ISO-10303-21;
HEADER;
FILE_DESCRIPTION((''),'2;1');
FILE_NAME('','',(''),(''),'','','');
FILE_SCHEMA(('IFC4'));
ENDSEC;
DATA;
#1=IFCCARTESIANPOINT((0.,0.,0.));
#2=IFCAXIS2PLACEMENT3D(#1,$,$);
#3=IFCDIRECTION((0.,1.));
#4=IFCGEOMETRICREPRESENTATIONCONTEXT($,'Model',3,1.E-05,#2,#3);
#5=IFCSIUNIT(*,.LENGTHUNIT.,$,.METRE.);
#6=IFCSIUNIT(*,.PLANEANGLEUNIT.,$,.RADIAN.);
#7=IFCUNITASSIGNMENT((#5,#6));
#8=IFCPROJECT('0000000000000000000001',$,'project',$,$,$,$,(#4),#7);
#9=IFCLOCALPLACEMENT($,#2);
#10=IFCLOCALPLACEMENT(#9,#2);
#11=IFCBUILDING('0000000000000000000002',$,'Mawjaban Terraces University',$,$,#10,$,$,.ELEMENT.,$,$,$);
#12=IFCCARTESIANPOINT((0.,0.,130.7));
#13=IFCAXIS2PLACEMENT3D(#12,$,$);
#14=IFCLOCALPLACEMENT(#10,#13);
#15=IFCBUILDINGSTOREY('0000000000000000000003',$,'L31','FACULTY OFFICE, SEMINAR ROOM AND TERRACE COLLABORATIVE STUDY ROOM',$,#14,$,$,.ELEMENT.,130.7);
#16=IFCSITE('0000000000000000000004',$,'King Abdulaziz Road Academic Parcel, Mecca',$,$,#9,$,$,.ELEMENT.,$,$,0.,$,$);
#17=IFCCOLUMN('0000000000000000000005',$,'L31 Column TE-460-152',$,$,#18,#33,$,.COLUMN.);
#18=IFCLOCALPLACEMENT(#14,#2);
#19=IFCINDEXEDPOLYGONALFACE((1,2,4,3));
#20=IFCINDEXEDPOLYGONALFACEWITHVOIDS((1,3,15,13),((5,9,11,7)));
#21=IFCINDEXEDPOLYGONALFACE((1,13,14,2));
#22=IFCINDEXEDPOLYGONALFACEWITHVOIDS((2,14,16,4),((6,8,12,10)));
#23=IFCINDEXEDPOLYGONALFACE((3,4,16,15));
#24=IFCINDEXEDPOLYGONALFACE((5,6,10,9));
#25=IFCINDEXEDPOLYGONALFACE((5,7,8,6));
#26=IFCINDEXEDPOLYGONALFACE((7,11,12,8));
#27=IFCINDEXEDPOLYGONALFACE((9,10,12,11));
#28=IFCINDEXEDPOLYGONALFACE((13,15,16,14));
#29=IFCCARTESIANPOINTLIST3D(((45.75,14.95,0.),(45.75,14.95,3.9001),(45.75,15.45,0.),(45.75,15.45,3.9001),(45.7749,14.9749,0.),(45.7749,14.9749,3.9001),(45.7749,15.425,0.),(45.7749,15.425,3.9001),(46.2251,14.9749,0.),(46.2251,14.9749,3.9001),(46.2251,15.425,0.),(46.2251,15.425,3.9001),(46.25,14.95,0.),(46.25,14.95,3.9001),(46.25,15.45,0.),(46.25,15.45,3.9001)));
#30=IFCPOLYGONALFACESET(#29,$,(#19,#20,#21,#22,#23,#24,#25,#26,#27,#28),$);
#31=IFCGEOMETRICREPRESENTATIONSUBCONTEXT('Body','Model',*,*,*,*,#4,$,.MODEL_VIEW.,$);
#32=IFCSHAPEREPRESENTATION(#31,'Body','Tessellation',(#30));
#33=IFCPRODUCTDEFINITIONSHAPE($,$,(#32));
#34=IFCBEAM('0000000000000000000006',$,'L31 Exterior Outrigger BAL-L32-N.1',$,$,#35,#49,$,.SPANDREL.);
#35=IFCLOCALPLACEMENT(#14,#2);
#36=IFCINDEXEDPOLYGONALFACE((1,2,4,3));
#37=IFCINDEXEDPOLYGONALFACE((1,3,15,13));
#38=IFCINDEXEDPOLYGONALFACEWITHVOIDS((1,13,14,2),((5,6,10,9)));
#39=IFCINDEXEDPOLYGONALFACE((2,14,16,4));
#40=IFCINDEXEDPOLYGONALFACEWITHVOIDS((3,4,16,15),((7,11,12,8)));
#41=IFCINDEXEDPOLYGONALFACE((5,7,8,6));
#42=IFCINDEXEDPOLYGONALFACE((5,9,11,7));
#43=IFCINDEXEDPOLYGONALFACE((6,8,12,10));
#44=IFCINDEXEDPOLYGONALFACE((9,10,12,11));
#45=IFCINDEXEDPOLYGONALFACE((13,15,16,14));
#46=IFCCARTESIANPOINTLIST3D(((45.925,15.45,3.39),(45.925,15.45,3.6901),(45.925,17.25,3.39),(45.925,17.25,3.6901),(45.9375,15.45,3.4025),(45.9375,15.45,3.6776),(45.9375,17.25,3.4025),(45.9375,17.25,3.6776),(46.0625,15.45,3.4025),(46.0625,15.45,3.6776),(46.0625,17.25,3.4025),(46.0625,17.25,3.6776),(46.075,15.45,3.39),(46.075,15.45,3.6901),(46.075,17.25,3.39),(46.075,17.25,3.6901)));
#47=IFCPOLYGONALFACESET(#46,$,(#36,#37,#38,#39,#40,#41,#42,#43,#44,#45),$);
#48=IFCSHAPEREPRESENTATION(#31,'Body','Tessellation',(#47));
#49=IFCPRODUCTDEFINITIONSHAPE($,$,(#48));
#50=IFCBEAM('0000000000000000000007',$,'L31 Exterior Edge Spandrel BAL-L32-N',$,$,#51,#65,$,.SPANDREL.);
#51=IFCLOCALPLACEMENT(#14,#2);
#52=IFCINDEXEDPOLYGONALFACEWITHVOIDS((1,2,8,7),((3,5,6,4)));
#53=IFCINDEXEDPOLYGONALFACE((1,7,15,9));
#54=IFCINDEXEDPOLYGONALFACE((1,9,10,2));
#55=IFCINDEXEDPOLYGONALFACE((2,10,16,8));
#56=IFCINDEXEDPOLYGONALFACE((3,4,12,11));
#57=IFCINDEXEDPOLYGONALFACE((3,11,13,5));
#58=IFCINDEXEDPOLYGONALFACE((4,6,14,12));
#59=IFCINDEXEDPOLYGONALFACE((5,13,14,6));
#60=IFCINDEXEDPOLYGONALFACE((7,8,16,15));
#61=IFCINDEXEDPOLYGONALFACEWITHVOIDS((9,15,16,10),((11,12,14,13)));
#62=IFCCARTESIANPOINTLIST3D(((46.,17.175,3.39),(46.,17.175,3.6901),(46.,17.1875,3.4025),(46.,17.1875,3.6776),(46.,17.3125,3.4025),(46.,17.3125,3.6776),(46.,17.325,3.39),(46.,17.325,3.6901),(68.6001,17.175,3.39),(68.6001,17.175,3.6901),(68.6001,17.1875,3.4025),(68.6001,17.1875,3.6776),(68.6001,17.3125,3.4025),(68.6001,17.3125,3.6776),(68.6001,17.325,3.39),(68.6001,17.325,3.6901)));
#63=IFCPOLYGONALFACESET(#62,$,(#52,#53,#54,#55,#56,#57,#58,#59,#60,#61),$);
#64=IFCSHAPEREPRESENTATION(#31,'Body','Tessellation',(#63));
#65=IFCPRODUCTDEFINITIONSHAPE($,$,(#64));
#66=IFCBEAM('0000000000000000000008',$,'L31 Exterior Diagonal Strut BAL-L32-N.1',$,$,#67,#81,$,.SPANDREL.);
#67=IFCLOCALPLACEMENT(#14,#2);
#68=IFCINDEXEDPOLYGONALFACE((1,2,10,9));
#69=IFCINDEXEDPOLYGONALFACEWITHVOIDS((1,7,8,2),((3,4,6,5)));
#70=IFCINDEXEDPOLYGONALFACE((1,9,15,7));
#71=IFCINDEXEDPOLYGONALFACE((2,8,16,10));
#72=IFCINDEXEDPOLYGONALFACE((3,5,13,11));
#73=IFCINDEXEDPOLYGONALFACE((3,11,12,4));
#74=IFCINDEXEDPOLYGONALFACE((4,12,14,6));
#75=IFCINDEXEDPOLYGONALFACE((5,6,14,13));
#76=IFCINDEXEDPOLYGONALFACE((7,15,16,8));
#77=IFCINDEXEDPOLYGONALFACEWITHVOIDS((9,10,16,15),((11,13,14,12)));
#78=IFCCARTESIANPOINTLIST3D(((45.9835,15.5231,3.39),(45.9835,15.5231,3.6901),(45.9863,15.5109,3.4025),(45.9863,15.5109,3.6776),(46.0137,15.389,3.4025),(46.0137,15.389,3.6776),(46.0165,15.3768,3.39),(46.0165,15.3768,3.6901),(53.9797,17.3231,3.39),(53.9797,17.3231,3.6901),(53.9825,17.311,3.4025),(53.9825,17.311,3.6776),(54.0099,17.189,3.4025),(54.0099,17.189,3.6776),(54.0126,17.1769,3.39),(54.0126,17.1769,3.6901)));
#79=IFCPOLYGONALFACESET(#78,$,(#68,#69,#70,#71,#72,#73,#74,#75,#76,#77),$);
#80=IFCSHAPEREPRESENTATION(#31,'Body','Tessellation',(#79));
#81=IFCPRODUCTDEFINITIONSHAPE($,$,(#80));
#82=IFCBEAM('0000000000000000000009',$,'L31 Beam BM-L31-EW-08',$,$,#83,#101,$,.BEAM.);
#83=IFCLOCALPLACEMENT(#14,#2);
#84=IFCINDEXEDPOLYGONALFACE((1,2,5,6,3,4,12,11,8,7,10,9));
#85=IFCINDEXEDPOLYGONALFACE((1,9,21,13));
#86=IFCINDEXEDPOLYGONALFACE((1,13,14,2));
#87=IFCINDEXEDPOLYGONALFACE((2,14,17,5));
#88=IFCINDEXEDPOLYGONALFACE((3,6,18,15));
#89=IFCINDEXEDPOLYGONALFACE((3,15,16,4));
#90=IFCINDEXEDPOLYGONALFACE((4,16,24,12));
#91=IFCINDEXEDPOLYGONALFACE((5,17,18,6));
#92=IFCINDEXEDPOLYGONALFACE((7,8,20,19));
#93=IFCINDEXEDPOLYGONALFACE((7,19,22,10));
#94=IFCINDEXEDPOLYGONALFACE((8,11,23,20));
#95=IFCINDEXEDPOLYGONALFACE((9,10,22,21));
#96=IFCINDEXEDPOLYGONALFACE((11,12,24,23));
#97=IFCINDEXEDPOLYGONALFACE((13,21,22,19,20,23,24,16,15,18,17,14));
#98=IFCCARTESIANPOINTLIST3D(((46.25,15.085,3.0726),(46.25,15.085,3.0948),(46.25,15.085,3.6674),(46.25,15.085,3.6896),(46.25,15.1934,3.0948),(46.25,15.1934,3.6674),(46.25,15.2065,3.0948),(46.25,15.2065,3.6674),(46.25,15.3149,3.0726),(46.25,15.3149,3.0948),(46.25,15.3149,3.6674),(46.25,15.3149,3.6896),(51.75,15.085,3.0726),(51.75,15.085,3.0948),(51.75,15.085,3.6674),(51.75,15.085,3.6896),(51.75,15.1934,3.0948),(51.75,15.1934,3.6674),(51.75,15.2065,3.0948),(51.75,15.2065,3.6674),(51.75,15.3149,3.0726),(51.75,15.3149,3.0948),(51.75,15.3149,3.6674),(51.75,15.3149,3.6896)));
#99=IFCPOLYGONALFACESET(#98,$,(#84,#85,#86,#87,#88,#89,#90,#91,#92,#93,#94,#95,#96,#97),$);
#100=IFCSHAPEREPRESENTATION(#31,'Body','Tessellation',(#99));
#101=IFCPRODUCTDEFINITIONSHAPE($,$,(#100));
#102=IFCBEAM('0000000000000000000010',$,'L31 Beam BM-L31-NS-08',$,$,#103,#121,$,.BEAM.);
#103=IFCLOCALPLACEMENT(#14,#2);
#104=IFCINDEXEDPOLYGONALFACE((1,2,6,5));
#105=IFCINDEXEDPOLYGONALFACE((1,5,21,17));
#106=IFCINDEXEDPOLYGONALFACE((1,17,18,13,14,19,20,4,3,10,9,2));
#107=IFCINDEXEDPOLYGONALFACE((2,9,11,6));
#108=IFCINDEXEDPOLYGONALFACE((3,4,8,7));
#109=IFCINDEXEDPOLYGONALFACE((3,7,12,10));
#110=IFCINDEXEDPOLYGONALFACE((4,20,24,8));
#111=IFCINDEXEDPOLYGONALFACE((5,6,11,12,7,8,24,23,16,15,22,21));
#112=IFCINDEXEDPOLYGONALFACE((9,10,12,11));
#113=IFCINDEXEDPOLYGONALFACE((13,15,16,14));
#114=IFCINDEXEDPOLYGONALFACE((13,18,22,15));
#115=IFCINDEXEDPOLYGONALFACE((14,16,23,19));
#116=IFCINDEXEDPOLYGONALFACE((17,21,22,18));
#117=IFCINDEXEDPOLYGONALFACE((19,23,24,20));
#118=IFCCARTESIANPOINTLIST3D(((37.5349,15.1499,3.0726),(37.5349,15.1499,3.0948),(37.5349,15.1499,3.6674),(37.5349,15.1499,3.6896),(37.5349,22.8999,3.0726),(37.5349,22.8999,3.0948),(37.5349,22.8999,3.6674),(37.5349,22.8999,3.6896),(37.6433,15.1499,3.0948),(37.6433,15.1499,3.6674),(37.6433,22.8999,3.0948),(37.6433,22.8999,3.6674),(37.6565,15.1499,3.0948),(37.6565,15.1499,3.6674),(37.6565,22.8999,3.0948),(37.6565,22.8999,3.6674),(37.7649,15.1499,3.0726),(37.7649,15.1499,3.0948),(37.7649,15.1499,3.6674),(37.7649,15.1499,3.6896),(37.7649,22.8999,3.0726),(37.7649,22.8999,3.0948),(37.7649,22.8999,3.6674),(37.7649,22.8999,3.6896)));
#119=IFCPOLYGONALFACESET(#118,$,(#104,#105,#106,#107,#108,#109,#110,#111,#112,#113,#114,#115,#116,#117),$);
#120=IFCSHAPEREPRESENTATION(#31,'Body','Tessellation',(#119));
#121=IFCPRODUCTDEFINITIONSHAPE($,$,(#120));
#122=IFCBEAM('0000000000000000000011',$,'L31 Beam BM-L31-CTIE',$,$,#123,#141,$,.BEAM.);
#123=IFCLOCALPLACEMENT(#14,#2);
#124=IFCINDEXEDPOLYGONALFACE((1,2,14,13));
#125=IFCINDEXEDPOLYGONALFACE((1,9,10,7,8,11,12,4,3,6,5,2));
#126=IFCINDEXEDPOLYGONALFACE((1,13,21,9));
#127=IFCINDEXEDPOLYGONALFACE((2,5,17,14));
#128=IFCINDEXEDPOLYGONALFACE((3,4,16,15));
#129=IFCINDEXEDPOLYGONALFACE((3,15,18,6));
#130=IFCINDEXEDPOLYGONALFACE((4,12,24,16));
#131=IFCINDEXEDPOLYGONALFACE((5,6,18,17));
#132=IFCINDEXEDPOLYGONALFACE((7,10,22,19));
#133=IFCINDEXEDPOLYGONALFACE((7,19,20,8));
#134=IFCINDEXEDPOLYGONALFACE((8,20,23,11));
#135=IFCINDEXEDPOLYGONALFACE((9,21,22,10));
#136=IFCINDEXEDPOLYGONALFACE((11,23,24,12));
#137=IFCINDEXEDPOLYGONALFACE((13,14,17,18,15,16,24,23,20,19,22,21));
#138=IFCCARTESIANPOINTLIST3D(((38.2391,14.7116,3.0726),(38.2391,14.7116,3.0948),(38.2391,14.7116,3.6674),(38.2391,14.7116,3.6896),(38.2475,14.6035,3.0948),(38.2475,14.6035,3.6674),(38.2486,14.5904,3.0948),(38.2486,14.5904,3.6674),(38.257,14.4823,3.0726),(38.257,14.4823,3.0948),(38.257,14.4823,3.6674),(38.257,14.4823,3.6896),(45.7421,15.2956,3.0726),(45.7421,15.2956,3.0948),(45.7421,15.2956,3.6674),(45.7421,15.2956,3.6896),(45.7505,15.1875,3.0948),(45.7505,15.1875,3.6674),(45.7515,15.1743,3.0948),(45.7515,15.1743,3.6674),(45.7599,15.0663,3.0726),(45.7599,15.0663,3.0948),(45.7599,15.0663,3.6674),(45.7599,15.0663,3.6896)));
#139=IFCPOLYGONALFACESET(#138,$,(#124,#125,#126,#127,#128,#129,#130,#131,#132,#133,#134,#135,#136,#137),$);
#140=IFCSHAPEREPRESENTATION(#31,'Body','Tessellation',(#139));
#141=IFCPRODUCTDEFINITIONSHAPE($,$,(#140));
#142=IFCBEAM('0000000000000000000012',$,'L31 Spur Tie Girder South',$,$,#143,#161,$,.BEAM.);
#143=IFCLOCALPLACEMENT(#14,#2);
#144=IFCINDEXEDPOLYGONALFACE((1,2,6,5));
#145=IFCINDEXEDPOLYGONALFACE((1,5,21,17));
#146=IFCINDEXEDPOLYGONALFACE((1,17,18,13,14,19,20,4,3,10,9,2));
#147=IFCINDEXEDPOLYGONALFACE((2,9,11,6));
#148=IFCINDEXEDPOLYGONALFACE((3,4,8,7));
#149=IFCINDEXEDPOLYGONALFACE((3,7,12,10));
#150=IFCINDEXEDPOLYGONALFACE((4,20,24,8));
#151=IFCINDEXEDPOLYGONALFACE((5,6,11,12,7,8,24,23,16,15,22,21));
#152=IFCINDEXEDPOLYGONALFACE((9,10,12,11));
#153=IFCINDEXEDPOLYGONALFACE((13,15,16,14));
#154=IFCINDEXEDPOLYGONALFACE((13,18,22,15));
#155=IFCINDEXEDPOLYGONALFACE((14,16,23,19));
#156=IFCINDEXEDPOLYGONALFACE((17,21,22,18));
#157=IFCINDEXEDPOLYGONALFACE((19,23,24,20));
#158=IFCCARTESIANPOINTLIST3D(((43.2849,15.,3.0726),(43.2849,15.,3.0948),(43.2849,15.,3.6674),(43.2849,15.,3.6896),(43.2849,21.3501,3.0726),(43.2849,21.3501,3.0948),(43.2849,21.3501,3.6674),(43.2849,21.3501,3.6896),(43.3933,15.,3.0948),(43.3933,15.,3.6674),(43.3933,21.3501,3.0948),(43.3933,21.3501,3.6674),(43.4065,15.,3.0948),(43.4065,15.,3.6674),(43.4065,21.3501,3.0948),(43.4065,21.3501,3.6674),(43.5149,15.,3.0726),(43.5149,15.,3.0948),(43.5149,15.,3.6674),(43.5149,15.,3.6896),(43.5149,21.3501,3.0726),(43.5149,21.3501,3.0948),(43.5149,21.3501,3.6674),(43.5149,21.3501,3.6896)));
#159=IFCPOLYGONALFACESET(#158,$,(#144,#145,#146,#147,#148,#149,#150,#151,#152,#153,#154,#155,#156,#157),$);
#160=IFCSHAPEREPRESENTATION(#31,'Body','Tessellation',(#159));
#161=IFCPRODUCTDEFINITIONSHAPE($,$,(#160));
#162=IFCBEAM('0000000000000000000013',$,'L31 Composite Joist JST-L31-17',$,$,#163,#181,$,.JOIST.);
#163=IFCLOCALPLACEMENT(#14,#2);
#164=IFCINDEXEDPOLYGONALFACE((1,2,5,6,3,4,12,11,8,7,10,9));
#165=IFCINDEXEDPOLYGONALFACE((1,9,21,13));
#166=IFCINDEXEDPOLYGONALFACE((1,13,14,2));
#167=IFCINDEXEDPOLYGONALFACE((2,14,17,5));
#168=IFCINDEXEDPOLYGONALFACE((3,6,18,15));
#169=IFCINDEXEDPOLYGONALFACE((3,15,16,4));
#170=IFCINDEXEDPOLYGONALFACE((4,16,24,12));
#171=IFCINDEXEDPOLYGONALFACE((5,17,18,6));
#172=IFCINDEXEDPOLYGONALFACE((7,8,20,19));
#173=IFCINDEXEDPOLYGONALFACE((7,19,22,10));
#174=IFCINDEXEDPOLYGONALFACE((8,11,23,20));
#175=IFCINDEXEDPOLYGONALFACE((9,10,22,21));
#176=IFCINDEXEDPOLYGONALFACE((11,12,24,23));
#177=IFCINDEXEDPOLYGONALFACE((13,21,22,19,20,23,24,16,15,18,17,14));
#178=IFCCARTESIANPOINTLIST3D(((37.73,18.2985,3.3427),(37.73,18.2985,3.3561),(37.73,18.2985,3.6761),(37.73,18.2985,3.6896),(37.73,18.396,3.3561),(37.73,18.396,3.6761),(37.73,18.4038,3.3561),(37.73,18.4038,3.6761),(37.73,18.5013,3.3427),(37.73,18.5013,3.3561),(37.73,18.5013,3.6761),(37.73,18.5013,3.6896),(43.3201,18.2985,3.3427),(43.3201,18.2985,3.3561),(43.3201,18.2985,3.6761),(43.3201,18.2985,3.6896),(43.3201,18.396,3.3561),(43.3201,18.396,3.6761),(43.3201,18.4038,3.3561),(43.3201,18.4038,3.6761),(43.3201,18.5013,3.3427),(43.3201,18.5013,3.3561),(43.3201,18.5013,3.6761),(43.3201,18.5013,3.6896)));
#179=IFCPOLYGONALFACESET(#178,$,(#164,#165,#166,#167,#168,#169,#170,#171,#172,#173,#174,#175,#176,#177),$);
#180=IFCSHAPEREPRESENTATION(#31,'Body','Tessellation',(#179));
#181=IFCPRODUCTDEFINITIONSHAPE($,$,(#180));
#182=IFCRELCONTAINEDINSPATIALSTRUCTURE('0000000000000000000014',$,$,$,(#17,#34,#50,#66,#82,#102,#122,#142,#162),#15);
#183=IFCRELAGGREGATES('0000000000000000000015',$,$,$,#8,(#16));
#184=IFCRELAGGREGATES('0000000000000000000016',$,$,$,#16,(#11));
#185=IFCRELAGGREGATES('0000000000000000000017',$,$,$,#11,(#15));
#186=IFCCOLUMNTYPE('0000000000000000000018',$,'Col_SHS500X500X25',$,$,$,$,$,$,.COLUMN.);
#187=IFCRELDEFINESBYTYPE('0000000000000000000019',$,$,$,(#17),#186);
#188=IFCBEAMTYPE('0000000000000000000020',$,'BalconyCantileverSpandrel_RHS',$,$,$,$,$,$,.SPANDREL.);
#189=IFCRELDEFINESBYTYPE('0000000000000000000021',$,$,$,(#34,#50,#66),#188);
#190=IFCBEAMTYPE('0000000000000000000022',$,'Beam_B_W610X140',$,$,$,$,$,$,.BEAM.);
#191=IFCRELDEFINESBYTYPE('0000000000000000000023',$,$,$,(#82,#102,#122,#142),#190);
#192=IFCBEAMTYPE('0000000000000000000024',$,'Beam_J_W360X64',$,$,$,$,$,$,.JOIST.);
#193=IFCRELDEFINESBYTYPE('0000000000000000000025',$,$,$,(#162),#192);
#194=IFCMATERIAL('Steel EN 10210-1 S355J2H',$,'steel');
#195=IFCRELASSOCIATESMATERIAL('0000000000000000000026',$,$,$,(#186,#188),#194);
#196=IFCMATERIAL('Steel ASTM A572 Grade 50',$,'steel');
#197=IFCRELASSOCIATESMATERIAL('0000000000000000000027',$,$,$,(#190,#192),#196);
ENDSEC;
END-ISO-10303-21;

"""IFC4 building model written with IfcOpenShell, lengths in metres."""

from ifc_helpers import new_model, si_unit, direction, frame, origin, origin_2d, place, context, subcontext, project, spatial, hollow_rectangle, i_section, extrude, material, material_profile, profile_set, type_object, element, save


model = new_model("IFC4")

# Units and contexts
model_context = context("Model", 3, precision=1e-05, world=origin(), true_north=direction((0.0, 1.0)))
body_context = subcontext(model_context, "Body", "Model", "MODEL_VIEW")
ifc_project = project(units=[si_unit("LENGTHUNIT", "METRE"), si_unit("PLANEANGLEUNIT", "RADIAN")], contexts=[model_context])

# Site, building, storey
site_placement = place(None, origin())
site = spatial("IfcSite", under=ifc_project, at=site_placement, Name="King Abdulaziz Road Academic Parcel, Mecca", CompositionType="ELEMENT", RefElevation=0.0)
building_placement = place(site_placement, origin())
building = spatial("IfcBuilding", under=site, at=building_placement, Name="Mawjaban Terraces University", CompositionType="ELEMENT")
storey_placement = place(building_placement, frame((0.0, 0.0, 130.7)))
storey = spatial("IfcBuildingStorey", under=building, at=storey_placement, Name="L31", Description="FACULTY OFFICE, SEMINAR ROOM AND TERRACE COLLABORATIVE STUDY ROOM", CompositionType="ELEMENT", Elevation=130.7)

# Column
ifc_material_1 = material(Name="Steel EN 10210-1 S355J2H", Category="steel")
ifc_material_profile_1 = material_profile(ifc_material_1, hollow_rectangle(XDim=0.5, YDim=0.5, WallThickness=0.0249, at=origin_2d()), Name="SHS500X500X25")
ifc_profile_set_1 = profile_set([ifc_material_profile_1], Name="Steel EN 10210-1 S355J2H")
column_type = type_object("IfcColumnType", Name="Col_SHS500X500X25", PredefinedType="COLUMN", material=ifc_profile_set_1)
column_placement = place(storey_placement, frame((46.0, 15.2, 0.0), z_axis=(0.0, 0.0, 1.0), x_axis=(1.0, 0.0, 0.0)))
element("IfcColumn", 1, at=column_placement, inside=storey, type_object=column_type, Name="L31 Column TE-460-152", PredefinedType="COLUMN", context=body_context, shape_type="SweptSolid", body=[
    extrude(hollow_rectangle(XDim=0.5, YDim=0.5, WallThickness=0.0249, at=origin_2d()), origin(), (0.0, 0.0, 1.0), 3.9001),
])

# Beams
ifc_material_profile_2 = material_profile(ifc_material_1, hollow_rectangle(XDim=0.1499, YDim=0.3, WallThickness=0.0125, at=origin_2d()), Name="RHS300X150X12.5")
ifc_profile_set_2 = profile_set([ifc_material_profile_2], Name="Steel EN 10210-1 S355J2H")
beam_type_1 = type_object("IfcBeamType", Name="BalconyCantileverSpandrel_RHS", PredefinedType="SPANDREL", material=ifc_profile_set_2)
beam_1_placement = place(storey_placement, frame((46.0, 15.45, 3.54), z_axis=(0.0, 1.0, 0.0), x_axis=(-1.0, 0.0, 0.0)))
element("IfcBeam", 2, at=beam_1_placement, inside=storey, type_object=beam_type_1, Name="L31 Exterior Outrigger BAL-L32-N.1", PredefinedType="SPANDREL", context=body_context, shape_type="SweptSolid", body=[
    extrude(hollow_rectangle(XDim=0.1499, YDim=0.3, WallThickness=0.0125, at=origin_2d()), origin(), (0.0, 0.0, 1.0), 1.8),
])
beam_2_placement = place(storey_placement, frame((46.0, 17.25, 3.54), z_axis=(1.0, 0.0, 0.0), x_axis=(0.0, 1.0, 0.0)))
element("IfcBeam", 3, at=beam_2_placement, inside=storey, type_object=beam_type_1, Name="L31 Exterior Edge Spandrel BAL-L32-N", PredefinedType="SPANDREL", context=body_context, shape_type="SweptSolid", body=[
    extrude(hollow_rectangle(XDim=0.1499, YDim=0.3, WallThickness=0.0125, at=origin_2d()), origin(), (0.0, 0.0, 1.0), 22.6001),
])
beam_3_placement = place(storey_placement, frame((46.0, 15.45, 3.54), z_axis=(0.975586, 0.21962, 0.0), x_axis=(-0.21962, 0.975586, 0.0)))
element("IfcBeam", 4, at=beam_3_placement, inside=storey, type_object=beam_type_1, Name="L31 Exterior Diagonal Strut BAL-L32-N.1", PredefinedType="SPANDREL", context=body_context, shape_type="SweptSolid", body=[
    extrude(hollow_rectangle(XDim=0.1499, YDim=0.3, WallThickness=0.0125, at=origin_2d()), origin(), (0.0, 0.0, 1.0), 8.1963),
])
ifc_material_2 = material(Name="Steel ASTM A572 Grade 50", Category="steel")
ifc_material_profile_3 = material_profile(ifc_material_2, i_section(OverallWidth=0.23, OverallDepth=0.6169, WebThickness=0.0132, FlangeThickness=0.0222, at=origin_2d()), Name="W610X140")
ifc_profile_set_3 = profile_set([ifc_material_profile_3], Name="Steel ASTM A572 Grade 50")
beam_type_2 = type_object("IfcBeamType", Name="Beam_B_W610X140", PredefinedType="BEAM", material=ifc_profile_set_3)
beam_4_placement = place(storey_placement, frame((46.25, 15.2, 3.3811), z_axis=(1.0, 0.0, 0.0), x_axis=(0.0, 1.0, 0.0)))
element("IfcBeam", 5, at=beam_4_placement, inside=storey, type_object=beam_type_2, Name="L31 Beam BM-L31-EW-08", PredefinedType="BEAM", context=body_context, shape_type="SweptSolid", body=[
    extrude(i_section(OverallWidth=0.23, OverallDepth=0.6169, WebThickness=0.0132, FlangeThickness=0.0222, at=origin_2d()), origin(), (0.0, 0.0, 1.0), 5.5),
])
beam_5_placement = place(storey_placement, frame((37.6499, 15.1499, 3.3811), z_axis=(0.0, 1.0, 0.0), x_axis=(-1.0, 0.0, 0.0)))
element("IfcBeam", 6, at=beam_5_placement, inside=storey, type_object=beam_type_2, Name="L31 Beam BM-L31-NS-08", PredefinedType="BEAM", context=body_context, shape_type="SweptSolid", body=[
    extrude(i_section(OverallWidth=0.23, OverallDepth=0.6169, WebThickness=0.0132, FlangeThickness=0.0222, at=origin_2d()), origin(), (0.0, 0.0, 1.0), 7.75),
])
beam_6_placement = place(storey_placement, frame((38.248, 14.5969, 3.3811), z_axis=(0.996985, 0.077599, 0.0), x_axis=(-0.077599, 0.996985, 0.0)))
element("IfcBeam", 7, at=beam_6_placement, inside=storey, type_object=beam_type_2, Name="L31 Beam BM-L31-CTIE", PredefinedType="BEAM", context=body_context, shape_type="SweptSolid", body=[
    extrude(i_section(OverallWidth=0.23, OverallDepth=0.6169, WebThickness=0.0132, FlangeThickness=0.0222, at=origin_2d()), origin(), (0.0, 0.0, 1.0), 7.5256),
])
beam_7_placement = place(storey_placement, frame((43.3999, 15.0, 3.3811), z_axis=(0.0, 1.0, 0.0), x_axis=(-1.0, 0.0, 0.0)))
element("IfcBeam", 8, at=beam_7_placement, inside=storey, type_object=beam_type_2, Name="L31 Spur Tie Girder South", PredefinedType="BEAM", context=body_context, shape_type="SweptSolid", body=[
    extrude(i_section(OverallWidth=0.23, OverallDepth=0.6169, WebThickness=0.0132, FlangeThickness=0.0222, at=origin_2d()), origin(), (0.0, 0.0, 1.0), 6.3501),
])
ifc_material_profile_4 = material_profile(ifc_material_2, i_section(OverallWidth=0.2029, OverallDepth=0.3469, WebThickness=0.0078, FlangeThickness=0.0134, at=origin_2d()), Name="W360X64")
ifc_profile_set_4 = profile_set([ifc_material_profile_4], Name="Steel ASTM A572 Grade 50")
beam_type_3 = type_object("IfcBeamType", Name="Beam_J_W360X64", PredefinedType="JOIST", material=ifc_profile_set_4)
beam_8_placement = place(storey_placement, frame((37.73, 18.3999, 3.5161), z_axis=(1.0, 0.0, 0.0), x_axis=(0.0, 1.0, 0.0)))
element("IfcBeam", 9, at=beam_8_placement, inside=storey, type_object=beam_type_3, Name="L31 Composite Joist JST-L31-17", PredefinedType="JOIST", context=body_context, shape_type="SweptSolid", body=[
    extrude(i_section(OverallWidth=0.2029, OverallDepth=0.3469, WebThickness=0.0078, FlangeThickness=0.0134, at=origin_2d()), origin(), (0.0, 0.0, 1.0), 5.5901),
])

save(model, "model.ifc")
